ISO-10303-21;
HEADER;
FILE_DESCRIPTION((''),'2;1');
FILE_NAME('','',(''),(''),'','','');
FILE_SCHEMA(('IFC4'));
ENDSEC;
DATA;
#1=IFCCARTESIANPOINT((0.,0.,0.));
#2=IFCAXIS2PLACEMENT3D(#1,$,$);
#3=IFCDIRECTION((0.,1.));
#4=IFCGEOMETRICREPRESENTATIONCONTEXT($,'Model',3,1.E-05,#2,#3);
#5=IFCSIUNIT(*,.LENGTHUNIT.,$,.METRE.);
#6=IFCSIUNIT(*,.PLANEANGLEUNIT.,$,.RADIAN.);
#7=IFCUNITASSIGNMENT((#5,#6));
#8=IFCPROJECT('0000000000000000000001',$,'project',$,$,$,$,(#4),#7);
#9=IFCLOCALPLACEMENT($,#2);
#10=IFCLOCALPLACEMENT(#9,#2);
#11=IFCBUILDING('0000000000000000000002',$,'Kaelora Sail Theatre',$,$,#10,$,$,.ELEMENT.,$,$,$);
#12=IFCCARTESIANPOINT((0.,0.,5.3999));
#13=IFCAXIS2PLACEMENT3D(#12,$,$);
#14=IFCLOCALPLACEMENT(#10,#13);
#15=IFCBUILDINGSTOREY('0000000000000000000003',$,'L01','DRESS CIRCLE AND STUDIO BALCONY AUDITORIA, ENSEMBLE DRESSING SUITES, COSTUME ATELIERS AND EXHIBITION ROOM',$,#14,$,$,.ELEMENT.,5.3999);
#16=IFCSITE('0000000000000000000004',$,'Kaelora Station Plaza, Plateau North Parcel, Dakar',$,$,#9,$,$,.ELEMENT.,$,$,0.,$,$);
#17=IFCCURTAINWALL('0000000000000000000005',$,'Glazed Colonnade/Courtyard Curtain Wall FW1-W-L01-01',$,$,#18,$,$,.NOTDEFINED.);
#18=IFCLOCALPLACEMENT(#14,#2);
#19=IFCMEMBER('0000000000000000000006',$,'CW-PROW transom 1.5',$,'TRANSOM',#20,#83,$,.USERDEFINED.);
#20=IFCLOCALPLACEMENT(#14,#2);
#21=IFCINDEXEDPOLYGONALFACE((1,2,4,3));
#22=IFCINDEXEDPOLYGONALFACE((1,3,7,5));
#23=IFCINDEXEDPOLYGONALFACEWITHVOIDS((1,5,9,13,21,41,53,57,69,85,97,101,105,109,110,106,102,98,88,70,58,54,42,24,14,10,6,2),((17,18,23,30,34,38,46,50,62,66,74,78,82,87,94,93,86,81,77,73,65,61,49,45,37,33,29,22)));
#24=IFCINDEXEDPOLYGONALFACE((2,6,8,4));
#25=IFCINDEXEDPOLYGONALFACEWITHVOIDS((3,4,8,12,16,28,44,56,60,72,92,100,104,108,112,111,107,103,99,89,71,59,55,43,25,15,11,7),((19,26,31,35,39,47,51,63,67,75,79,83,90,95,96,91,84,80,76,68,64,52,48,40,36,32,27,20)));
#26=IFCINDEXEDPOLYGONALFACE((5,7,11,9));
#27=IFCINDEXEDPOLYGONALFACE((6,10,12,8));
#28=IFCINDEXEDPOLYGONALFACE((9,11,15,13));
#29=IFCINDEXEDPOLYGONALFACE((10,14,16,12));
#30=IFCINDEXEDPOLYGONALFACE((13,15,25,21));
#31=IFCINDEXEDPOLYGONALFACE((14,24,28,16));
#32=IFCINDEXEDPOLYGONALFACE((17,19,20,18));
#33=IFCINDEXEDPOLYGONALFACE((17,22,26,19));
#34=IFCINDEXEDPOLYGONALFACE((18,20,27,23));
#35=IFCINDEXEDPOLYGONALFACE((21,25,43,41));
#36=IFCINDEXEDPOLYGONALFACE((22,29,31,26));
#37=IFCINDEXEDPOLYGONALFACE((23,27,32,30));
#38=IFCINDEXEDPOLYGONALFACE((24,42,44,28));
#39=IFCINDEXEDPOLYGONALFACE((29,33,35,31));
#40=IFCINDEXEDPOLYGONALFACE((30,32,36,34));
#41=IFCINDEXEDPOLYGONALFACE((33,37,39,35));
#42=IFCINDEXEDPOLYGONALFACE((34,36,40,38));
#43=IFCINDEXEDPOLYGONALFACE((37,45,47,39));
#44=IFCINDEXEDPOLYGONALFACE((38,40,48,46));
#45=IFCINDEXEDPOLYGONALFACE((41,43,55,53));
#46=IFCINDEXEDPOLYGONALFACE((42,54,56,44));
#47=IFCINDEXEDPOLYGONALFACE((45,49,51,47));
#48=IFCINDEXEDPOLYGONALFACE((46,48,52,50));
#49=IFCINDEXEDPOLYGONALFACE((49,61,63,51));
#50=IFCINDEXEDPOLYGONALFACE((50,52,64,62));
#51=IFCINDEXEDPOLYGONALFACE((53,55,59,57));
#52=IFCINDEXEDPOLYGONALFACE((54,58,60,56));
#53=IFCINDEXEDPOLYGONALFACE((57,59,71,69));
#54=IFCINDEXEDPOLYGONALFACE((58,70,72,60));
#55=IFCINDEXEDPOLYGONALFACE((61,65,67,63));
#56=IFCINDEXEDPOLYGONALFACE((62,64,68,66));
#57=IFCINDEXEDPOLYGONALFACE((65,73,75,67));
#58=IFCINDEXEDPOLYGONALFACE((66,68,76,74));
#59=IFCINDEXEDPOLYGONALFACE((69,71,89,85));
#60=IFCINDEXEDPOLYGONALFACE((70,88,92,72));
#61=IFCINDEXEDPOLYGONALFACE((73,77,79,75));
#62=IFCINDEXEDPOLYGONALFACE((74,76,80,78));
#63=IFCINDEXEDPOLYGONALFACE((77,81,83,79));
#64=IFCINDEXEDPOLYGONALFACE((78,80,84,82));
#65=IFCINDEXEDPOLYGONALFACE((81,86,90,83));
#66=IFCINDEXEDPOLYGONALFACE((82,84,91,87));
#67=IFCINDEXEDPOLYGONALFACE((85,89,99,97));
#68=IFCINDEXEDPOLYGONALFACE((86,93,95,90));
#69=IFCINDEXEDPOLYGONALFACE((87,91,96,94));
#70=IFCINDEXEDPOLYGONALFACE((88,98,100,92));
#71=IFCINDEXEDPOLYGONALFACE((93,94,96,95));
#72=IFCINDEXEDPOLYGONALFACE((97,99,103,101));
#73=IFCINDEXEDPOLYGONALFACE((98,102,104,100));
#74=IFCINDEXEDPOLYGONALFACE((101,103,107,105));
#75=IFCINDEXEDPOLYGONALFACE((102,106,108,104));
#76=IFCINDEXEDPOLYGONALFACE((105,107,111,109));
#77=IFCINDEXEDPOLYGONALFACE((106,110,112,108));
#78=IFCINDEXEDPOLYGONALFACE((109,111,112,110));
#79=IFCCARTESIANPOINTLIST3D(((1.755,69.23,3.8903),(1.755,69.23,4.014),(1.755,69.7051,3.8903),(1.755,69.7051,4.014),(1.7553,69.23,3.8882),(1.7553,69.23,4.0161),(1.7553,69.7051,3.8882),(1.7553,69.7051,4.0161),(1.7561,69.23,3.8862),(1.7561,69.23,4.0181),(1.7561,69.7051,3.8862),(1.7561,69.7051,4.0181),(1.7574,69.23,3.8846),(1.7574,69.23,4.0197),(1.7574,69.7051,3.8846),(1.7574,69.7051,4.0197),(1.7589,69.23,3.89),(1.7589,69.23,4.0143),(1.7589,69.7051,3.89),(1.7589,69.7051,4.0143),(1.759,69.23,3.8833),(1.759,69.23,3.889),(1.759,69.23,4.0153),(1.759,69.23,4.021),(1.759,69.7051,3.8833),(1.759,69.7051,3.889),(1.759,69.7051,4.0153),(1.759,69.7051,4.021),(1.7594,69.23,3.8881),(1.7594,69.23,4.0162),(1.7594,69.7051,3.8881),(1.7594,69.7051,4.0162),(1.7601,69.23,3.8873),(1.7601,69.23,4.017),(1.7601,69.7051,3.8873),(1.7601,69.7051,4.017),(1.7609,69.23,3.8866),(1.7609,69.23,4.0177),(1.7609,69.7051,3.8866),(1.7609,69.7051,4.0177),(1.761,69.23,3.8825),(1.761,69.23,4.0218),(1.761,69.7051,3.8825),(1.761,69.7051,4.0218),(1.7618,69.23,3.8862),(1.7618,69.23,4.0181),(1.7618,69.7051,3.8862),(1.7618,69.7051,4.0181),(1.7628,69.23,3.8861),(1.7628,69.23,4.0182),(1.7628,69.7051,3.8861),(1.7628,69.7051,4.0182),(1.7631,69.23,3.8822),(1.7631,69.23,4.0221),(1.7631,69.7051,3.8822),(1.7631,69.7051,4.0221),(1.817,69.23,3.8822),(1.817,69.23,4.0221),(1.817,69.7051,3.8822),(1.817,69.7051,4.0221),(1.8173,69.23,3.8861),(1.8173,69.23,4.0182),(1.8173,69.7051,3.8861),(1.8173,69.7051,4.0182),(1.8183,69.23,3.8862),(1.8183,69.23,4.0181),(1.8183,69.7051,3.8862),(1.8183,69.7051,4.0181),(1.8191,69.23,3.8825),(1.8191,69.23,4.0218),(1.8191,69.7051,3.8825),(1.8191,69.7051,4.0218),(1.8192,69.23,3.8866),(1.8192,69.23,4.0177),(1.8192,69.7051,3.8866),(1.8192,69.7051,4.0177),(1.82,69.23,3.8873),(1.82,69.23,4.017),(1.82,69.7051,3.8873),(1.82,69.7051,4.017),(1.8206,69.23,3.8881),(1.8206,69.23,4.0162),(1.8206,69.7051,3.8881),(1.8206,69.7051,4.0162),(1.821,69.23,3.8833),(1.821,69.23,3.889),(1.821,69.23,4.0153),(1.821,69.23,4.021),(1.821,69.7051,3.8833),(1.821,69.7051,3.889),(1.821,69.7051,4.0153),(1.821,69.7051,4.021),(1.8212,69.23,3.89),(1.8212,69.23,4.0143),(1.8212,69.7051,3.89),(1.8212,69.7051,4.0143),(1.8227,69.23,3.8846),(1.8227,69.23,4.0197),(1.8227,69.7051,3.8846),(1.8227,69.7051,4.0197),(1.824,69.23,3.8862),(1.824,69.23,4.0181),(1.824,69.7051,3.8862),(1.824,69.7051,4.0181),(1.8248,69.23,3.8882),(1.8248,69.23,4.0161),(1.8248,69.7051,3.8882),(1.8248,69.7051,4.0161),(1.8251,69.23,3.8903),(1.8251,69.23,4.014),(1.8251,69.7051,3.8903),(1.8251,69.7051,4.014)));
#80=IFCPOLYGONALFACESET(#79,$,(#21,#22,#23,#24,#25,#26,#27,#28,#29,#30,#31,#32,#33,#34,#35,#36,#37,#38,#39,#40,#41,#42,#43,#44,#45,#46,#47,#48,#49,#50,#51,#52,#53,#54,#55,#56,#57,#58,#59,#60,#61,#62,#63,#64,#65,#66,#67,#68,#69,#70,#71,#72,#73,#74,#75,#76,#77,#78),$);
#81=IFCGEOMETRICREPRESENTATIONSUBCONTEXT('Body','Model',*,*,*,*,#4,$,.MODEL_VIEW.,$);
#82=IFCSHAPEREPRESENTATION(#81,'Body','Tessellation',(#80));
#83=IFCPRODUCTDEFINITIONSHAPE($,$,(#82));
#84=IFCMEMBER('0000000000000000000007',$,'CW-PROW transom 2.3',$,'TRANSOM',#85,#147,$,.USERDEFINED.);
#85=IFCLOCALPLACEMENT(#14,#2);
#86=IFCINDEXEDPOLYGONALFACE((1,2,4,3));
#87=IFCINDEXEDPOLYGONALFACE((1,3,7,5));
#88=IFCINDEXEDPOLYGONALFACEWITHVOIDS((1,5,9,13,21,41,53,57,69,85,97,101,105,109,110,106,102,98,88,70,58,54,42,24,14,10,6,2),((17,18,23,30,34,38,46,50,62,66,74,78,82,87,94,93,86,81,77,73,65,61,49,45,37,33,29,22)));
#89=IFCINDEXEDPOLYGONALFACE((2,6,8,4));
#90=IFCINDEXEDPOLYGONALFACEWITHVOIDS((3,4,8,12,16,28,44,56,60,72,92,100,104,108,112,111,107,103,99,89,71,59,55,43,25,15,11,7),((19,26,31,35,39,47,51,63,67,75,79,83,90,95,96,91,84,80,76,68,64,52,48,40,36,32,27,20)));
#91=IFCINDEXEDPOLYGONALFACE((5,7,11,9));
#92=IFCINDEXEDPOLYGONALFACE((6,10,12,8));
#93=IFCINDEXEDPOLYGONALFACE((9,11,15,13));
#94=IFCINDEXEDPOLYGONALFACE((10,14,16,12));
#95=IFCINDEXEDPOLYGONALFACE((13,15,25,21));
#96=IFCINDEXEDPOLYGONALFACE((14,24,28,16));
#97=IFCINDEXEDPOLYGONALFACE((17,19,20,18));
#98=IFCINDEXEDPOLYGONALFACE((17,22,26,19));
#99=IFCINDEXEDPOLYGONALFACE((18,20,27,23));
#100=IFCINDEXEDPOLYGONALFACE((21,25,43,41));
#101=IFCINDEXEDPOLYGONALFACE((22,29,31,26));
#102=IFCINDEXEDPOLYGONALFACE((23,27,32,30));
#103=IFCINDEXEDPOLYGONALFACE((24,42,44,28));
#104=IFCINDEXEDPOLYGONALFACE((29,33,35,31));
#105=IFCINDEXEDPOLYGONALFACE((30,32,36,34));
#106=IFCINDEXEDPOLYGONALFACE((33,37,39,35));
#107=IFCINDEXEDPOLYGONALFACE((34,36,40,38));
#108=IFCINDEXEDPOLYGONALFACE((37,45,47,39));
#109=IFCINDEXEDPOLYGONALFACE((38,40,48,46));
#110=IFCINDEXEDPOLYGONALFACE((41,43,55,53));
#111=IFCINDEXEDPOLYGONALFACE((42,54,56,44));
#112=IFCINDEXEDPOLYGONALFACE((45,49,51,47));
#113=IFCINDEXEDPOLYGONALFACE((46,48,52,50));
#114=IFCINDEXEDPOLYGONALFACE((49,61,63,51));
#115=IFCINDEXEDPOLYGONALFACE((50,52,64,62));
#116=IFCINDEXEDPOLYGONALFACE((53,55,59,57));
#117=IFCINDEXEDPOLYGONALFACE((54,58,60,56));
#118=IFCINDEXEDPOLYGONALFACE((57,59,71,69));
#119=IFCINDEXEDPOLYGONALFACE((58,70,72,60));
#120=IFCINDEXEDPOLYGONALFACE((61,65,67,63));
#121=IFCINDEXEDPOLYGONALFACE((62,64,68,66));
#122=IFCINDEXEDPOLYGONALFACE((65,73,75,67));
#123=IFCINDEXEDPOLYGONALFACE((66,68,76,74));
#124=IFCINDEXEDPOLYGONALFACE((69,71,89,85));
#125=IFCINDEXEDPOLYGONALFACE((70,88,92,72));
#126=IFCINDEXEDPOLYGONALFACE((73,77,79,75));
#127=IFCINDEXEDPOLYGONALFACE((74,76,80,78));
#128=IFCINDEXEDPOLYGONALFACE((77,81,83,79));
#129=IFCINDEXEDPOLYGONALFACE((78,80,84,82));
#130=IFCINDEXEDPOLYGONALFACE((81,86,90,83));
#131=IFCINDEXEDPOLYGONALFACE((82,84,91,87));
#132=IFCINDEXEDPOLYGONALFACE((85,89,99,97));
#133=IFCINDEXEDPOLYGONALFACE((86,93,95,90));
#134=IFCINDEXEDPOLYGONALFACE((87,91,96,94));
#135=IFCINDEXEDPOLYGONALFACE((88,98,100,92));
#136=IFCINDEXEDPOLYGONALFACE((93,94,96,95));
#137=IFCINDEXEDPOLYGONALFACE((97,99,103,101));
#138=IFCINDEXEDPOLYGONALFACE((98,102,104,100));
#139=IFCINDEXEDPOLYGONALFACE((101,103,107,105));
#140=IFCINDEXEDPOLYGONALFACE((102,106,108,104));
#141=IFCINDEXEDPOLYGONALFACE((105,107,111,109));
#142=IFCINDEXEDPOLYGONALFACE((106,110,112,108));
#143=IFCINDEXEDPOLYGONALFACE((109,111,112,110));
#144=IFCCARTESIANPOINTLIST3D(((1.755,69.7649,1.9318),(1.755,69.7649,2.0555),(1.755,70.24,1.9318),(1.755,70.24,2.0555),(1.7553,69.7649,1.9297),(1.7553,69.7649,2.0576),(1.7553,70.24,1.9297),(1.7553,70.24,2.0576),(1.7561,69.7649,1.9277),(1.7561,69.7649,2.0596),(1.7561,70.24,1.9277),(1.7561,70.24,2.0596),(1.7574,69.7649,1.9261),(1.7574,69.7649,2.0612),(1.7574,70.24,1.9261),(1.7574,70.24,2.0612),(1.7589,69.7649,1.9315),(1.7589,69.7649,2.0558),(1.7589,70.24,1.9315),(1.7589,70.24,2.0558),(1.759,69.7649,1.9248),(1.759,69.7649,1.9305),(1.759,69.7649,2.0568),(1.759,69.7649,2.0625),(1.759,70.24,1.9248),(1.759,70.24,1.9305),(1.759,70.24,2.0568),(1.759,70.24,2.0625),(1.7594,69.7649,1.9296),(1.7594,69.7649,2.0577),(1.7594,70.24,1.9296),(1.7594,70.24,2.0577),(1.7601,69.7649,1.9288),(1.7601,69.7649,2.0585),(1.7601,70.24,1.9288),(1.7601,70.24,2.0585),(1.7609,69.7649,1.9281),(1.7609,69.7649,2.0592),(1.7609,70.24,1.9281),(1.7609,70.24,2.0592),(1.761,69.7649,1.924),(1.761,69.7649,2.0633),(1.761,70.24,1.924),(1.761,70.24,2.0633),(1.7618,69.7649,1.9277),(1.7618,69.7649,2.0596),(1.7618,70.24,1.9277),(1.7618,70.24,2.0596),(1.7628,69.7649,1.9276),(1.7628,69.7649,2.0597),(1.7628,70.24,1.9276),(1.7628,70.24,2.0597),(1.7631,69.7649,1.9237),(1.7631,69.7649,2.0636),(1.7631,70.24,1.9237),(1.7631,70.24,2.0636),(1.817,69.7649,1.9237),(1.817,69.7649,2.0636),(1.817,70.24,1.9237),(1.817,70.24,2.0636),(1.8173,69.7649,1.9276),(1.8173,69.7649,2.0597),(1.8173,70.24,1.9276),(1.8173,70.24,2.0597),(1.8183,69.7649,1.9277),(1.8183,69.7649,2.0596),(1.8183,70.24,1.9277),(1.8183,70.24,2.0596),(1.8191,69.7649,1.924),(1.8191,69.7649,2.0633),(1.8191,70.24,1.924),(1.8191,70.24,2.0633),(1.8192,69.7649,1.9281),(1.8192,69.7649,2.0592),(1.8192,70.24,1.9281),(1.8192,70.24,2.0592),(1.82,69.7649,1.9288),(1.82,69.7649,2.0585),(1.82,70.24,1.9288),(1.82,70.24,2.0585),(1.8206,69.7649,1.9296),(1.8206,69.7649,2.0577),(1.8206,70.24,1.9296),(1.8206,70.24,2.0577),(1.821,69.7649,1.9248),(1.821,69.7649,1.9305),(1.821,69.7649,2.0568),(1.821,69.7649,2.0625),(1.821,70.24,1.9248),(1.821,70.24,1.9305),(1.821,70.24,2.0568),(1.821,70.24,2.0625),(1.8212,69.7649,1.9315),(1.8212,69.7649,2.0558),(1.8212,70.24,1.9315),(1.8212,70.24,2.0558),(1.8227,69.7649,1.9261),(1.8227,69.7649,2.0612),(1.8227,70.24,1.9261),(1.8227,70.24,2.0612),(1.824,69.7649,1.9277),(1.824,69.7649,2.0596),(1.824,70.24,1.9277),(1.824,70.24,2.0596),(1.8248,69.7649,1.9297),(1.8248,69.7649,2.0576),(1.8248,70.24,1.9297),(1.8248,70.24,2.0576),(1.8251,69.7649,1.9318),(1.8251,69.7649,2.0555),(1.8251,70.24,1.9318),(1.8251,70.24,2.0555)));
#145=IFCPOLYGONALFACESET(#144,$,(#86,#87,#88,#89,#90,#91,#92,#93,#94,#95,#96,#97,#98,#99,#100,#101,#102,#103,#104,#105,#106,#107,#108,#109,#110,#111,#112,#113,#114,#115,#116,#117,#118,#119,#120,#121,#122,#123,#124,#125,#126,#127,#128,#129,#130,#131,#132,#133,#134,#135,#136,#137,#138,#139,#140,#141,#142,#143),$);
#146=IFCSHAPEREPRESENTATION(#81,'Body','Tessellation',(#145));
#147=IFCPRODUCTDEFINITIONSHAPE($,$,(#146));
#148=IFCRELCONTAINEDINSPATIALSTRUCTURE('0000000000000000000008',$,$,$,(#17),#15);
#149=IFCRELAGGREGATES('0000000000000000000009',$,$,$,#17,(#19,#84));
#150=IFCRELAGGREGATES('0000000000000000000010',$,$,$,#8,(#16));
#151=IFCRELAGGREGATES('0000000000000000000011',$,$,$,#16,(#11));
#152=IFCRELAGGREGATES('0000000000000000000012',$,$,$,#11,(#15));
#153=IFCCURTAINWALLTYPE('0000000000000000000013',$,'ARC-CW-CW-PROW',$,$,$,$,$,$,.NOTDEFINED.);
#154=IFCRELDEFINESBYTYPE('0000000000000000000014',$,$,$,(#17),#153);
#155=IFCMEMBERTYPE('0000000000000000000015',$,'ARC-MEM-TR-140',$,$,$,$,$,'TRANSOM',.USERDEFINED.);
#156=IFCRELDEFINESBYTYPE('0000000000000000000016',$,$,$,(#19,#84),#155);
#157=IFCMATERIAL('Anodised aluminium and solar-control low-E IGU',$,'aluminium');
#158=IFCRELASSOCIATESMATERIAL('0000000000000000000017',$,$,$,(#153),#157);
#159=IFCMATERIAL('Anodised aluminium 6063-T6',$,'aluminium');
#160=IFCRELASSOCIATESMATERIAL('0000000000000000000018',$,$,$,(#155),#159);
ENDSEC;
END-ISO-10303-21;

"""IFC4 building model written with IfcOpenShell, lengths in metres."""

from ifc_helpers import new_model, si_unit, direction, frame, origin, origin_2d, place, context, subcontext, project, spatial, hollow_rectangle, extrude, material, material_profile, profile_set, type_object, element, aggregate, save


model = new_model("IFC4")

# Units and contexts
model_context = context("Model", 3, precision=1e-05, world=origin(), true_north=direction((0.0, 1.0)))
body_context = subcontext(model_context, "Body", "Model", "MODEL_VIEW")
ifc_project = project(units=[si_unit("LENGTHUNIT", "METRE"), si_unit("PLANEANGLEUNIT", "RADIAN")], contexts=[model_context])

# Site, building, storey
site_placement = place(None, origin())
site = spatial("IfcSite", under=ifc_project, at=site_placement, Name="Kaelora Station Plaza, Plateau North Parcel, Dakar", CompositionType="ELEMENT", RefElevation=0.0)
building_placement = place(site_placement, origin())
building = spatial("IfcBuilding", under=site, at=building_placement, Name="Kaelora Sail Theatre", CompositionType="ELEMENT")
storey_placement = place(building_placement, frame((0.0, 0.0, 5.3999)))
storey = spatial("IfcBuildingStorey", under=building, at=storey_placement, Name="L01", Description="DRESS CIRCLE AND STUDIO BALCONY AUDITORIA, ENSEMBLE DRESSING SUITES, COSTUME ATELIERS AND EXHIBITION ROOM", CompositionType="ELEMENT", Elevation=5.3999)

# Curtain wall, members
ifc_material_1 = material(Name="Anodised aluminium and solar-control low-E IGU", Category="aluminium")
curtain_wall_type = type_object("IfcCurtainWallType", Name="ARC-CW-CW-PROW", PredefinedType="NOTDEFINED", material=ifc_material_1)
curtain_wall_1_placement = place(storey_placement, origin())
curtain_wall_1 = element("IfcCurtainWall", 1, at=curtain_wall_1_placement, inside=storey, type_object=curtain_wall_type, Name="Glazed Colonnade/Courtyard Curtain Wall FW1-W-L01-01", PredefinedType="NOTDEFINED")
ifc_material_2 = material(Name="Anodised aluminium 6063-T6", Category="aluminium")
ifc_material_profile = material_profile(ifc_material_2, hollow_rectangle(XDim=0.0701, YDim=0.1399, WallThickness=0.0039, InnerFilletRadius=0.0039, OuterFilletRadius=0.0081, at=origin_2d()), Name="ALU-TRAN 70x140x4")
ifc_profile_set = profile_set([ifc_material_profile], Name="Anodised aluminium 6063-T6")
member_type = type_object("IfcMemberType", Name="ARC-MEM-TR-140", ElementType="TRANSOM", PredefinedType="USERDEFINED", material=ifc_profile_set)
member_1_placement = place(storey_placement, frame((1.79, 69.23, 3.9521), z_axis=(0.0, 1.0, 0.0), x_axis=(-1.0, 0.0, 0.0)))
member_1 = element("IfcMember", 2, at=member_1_placement, type_object=member_type, Name="CW-PROW transom 1.5", ObjectType="TRANSOM", PredefinedType="USERDEFINED", context=body_context, shape_type="SweptSolid", body=[
    extrude(hollow_rectangle(XDim=0.0701, YDim=0.1399, WallThickness=0.0039, InnerFilletRadius=0.0039, OuterFilletRadius=0.0081, at=origin_2d()), origin(), (0.0, 0.0, 1.0), 0.4751),
])
member_2_placement = place(storey_placement, frame((1.79, 69.7649, 1.9937), z_axis=(0.0, 1.0, 0.0), x_axis=(-1.0, 0.0, 0.0)))
member_2 = element("IfcMember", 3, at=member_2_placement, type_object=member_type, Name="CW-PROW transom 2.3", ObjectType="TRANSOM", PredefinedType="USERDEFINED", context=body_context, shape_type="SweptSolid", body=[
    extrude(hollow_rectangle(XDim=0.0701, YDim=0.1399, WallThickness=0.0039, InnerFilletRadius=0.0039, OuterFilletRadius=0.0081, at=origin_2d()), origin(), (0.0, 0.0, 1.0), 0.4751),
])

aggregate(curtain_wall_1, [member_1, member_2])

save(model, "model.ifc")
